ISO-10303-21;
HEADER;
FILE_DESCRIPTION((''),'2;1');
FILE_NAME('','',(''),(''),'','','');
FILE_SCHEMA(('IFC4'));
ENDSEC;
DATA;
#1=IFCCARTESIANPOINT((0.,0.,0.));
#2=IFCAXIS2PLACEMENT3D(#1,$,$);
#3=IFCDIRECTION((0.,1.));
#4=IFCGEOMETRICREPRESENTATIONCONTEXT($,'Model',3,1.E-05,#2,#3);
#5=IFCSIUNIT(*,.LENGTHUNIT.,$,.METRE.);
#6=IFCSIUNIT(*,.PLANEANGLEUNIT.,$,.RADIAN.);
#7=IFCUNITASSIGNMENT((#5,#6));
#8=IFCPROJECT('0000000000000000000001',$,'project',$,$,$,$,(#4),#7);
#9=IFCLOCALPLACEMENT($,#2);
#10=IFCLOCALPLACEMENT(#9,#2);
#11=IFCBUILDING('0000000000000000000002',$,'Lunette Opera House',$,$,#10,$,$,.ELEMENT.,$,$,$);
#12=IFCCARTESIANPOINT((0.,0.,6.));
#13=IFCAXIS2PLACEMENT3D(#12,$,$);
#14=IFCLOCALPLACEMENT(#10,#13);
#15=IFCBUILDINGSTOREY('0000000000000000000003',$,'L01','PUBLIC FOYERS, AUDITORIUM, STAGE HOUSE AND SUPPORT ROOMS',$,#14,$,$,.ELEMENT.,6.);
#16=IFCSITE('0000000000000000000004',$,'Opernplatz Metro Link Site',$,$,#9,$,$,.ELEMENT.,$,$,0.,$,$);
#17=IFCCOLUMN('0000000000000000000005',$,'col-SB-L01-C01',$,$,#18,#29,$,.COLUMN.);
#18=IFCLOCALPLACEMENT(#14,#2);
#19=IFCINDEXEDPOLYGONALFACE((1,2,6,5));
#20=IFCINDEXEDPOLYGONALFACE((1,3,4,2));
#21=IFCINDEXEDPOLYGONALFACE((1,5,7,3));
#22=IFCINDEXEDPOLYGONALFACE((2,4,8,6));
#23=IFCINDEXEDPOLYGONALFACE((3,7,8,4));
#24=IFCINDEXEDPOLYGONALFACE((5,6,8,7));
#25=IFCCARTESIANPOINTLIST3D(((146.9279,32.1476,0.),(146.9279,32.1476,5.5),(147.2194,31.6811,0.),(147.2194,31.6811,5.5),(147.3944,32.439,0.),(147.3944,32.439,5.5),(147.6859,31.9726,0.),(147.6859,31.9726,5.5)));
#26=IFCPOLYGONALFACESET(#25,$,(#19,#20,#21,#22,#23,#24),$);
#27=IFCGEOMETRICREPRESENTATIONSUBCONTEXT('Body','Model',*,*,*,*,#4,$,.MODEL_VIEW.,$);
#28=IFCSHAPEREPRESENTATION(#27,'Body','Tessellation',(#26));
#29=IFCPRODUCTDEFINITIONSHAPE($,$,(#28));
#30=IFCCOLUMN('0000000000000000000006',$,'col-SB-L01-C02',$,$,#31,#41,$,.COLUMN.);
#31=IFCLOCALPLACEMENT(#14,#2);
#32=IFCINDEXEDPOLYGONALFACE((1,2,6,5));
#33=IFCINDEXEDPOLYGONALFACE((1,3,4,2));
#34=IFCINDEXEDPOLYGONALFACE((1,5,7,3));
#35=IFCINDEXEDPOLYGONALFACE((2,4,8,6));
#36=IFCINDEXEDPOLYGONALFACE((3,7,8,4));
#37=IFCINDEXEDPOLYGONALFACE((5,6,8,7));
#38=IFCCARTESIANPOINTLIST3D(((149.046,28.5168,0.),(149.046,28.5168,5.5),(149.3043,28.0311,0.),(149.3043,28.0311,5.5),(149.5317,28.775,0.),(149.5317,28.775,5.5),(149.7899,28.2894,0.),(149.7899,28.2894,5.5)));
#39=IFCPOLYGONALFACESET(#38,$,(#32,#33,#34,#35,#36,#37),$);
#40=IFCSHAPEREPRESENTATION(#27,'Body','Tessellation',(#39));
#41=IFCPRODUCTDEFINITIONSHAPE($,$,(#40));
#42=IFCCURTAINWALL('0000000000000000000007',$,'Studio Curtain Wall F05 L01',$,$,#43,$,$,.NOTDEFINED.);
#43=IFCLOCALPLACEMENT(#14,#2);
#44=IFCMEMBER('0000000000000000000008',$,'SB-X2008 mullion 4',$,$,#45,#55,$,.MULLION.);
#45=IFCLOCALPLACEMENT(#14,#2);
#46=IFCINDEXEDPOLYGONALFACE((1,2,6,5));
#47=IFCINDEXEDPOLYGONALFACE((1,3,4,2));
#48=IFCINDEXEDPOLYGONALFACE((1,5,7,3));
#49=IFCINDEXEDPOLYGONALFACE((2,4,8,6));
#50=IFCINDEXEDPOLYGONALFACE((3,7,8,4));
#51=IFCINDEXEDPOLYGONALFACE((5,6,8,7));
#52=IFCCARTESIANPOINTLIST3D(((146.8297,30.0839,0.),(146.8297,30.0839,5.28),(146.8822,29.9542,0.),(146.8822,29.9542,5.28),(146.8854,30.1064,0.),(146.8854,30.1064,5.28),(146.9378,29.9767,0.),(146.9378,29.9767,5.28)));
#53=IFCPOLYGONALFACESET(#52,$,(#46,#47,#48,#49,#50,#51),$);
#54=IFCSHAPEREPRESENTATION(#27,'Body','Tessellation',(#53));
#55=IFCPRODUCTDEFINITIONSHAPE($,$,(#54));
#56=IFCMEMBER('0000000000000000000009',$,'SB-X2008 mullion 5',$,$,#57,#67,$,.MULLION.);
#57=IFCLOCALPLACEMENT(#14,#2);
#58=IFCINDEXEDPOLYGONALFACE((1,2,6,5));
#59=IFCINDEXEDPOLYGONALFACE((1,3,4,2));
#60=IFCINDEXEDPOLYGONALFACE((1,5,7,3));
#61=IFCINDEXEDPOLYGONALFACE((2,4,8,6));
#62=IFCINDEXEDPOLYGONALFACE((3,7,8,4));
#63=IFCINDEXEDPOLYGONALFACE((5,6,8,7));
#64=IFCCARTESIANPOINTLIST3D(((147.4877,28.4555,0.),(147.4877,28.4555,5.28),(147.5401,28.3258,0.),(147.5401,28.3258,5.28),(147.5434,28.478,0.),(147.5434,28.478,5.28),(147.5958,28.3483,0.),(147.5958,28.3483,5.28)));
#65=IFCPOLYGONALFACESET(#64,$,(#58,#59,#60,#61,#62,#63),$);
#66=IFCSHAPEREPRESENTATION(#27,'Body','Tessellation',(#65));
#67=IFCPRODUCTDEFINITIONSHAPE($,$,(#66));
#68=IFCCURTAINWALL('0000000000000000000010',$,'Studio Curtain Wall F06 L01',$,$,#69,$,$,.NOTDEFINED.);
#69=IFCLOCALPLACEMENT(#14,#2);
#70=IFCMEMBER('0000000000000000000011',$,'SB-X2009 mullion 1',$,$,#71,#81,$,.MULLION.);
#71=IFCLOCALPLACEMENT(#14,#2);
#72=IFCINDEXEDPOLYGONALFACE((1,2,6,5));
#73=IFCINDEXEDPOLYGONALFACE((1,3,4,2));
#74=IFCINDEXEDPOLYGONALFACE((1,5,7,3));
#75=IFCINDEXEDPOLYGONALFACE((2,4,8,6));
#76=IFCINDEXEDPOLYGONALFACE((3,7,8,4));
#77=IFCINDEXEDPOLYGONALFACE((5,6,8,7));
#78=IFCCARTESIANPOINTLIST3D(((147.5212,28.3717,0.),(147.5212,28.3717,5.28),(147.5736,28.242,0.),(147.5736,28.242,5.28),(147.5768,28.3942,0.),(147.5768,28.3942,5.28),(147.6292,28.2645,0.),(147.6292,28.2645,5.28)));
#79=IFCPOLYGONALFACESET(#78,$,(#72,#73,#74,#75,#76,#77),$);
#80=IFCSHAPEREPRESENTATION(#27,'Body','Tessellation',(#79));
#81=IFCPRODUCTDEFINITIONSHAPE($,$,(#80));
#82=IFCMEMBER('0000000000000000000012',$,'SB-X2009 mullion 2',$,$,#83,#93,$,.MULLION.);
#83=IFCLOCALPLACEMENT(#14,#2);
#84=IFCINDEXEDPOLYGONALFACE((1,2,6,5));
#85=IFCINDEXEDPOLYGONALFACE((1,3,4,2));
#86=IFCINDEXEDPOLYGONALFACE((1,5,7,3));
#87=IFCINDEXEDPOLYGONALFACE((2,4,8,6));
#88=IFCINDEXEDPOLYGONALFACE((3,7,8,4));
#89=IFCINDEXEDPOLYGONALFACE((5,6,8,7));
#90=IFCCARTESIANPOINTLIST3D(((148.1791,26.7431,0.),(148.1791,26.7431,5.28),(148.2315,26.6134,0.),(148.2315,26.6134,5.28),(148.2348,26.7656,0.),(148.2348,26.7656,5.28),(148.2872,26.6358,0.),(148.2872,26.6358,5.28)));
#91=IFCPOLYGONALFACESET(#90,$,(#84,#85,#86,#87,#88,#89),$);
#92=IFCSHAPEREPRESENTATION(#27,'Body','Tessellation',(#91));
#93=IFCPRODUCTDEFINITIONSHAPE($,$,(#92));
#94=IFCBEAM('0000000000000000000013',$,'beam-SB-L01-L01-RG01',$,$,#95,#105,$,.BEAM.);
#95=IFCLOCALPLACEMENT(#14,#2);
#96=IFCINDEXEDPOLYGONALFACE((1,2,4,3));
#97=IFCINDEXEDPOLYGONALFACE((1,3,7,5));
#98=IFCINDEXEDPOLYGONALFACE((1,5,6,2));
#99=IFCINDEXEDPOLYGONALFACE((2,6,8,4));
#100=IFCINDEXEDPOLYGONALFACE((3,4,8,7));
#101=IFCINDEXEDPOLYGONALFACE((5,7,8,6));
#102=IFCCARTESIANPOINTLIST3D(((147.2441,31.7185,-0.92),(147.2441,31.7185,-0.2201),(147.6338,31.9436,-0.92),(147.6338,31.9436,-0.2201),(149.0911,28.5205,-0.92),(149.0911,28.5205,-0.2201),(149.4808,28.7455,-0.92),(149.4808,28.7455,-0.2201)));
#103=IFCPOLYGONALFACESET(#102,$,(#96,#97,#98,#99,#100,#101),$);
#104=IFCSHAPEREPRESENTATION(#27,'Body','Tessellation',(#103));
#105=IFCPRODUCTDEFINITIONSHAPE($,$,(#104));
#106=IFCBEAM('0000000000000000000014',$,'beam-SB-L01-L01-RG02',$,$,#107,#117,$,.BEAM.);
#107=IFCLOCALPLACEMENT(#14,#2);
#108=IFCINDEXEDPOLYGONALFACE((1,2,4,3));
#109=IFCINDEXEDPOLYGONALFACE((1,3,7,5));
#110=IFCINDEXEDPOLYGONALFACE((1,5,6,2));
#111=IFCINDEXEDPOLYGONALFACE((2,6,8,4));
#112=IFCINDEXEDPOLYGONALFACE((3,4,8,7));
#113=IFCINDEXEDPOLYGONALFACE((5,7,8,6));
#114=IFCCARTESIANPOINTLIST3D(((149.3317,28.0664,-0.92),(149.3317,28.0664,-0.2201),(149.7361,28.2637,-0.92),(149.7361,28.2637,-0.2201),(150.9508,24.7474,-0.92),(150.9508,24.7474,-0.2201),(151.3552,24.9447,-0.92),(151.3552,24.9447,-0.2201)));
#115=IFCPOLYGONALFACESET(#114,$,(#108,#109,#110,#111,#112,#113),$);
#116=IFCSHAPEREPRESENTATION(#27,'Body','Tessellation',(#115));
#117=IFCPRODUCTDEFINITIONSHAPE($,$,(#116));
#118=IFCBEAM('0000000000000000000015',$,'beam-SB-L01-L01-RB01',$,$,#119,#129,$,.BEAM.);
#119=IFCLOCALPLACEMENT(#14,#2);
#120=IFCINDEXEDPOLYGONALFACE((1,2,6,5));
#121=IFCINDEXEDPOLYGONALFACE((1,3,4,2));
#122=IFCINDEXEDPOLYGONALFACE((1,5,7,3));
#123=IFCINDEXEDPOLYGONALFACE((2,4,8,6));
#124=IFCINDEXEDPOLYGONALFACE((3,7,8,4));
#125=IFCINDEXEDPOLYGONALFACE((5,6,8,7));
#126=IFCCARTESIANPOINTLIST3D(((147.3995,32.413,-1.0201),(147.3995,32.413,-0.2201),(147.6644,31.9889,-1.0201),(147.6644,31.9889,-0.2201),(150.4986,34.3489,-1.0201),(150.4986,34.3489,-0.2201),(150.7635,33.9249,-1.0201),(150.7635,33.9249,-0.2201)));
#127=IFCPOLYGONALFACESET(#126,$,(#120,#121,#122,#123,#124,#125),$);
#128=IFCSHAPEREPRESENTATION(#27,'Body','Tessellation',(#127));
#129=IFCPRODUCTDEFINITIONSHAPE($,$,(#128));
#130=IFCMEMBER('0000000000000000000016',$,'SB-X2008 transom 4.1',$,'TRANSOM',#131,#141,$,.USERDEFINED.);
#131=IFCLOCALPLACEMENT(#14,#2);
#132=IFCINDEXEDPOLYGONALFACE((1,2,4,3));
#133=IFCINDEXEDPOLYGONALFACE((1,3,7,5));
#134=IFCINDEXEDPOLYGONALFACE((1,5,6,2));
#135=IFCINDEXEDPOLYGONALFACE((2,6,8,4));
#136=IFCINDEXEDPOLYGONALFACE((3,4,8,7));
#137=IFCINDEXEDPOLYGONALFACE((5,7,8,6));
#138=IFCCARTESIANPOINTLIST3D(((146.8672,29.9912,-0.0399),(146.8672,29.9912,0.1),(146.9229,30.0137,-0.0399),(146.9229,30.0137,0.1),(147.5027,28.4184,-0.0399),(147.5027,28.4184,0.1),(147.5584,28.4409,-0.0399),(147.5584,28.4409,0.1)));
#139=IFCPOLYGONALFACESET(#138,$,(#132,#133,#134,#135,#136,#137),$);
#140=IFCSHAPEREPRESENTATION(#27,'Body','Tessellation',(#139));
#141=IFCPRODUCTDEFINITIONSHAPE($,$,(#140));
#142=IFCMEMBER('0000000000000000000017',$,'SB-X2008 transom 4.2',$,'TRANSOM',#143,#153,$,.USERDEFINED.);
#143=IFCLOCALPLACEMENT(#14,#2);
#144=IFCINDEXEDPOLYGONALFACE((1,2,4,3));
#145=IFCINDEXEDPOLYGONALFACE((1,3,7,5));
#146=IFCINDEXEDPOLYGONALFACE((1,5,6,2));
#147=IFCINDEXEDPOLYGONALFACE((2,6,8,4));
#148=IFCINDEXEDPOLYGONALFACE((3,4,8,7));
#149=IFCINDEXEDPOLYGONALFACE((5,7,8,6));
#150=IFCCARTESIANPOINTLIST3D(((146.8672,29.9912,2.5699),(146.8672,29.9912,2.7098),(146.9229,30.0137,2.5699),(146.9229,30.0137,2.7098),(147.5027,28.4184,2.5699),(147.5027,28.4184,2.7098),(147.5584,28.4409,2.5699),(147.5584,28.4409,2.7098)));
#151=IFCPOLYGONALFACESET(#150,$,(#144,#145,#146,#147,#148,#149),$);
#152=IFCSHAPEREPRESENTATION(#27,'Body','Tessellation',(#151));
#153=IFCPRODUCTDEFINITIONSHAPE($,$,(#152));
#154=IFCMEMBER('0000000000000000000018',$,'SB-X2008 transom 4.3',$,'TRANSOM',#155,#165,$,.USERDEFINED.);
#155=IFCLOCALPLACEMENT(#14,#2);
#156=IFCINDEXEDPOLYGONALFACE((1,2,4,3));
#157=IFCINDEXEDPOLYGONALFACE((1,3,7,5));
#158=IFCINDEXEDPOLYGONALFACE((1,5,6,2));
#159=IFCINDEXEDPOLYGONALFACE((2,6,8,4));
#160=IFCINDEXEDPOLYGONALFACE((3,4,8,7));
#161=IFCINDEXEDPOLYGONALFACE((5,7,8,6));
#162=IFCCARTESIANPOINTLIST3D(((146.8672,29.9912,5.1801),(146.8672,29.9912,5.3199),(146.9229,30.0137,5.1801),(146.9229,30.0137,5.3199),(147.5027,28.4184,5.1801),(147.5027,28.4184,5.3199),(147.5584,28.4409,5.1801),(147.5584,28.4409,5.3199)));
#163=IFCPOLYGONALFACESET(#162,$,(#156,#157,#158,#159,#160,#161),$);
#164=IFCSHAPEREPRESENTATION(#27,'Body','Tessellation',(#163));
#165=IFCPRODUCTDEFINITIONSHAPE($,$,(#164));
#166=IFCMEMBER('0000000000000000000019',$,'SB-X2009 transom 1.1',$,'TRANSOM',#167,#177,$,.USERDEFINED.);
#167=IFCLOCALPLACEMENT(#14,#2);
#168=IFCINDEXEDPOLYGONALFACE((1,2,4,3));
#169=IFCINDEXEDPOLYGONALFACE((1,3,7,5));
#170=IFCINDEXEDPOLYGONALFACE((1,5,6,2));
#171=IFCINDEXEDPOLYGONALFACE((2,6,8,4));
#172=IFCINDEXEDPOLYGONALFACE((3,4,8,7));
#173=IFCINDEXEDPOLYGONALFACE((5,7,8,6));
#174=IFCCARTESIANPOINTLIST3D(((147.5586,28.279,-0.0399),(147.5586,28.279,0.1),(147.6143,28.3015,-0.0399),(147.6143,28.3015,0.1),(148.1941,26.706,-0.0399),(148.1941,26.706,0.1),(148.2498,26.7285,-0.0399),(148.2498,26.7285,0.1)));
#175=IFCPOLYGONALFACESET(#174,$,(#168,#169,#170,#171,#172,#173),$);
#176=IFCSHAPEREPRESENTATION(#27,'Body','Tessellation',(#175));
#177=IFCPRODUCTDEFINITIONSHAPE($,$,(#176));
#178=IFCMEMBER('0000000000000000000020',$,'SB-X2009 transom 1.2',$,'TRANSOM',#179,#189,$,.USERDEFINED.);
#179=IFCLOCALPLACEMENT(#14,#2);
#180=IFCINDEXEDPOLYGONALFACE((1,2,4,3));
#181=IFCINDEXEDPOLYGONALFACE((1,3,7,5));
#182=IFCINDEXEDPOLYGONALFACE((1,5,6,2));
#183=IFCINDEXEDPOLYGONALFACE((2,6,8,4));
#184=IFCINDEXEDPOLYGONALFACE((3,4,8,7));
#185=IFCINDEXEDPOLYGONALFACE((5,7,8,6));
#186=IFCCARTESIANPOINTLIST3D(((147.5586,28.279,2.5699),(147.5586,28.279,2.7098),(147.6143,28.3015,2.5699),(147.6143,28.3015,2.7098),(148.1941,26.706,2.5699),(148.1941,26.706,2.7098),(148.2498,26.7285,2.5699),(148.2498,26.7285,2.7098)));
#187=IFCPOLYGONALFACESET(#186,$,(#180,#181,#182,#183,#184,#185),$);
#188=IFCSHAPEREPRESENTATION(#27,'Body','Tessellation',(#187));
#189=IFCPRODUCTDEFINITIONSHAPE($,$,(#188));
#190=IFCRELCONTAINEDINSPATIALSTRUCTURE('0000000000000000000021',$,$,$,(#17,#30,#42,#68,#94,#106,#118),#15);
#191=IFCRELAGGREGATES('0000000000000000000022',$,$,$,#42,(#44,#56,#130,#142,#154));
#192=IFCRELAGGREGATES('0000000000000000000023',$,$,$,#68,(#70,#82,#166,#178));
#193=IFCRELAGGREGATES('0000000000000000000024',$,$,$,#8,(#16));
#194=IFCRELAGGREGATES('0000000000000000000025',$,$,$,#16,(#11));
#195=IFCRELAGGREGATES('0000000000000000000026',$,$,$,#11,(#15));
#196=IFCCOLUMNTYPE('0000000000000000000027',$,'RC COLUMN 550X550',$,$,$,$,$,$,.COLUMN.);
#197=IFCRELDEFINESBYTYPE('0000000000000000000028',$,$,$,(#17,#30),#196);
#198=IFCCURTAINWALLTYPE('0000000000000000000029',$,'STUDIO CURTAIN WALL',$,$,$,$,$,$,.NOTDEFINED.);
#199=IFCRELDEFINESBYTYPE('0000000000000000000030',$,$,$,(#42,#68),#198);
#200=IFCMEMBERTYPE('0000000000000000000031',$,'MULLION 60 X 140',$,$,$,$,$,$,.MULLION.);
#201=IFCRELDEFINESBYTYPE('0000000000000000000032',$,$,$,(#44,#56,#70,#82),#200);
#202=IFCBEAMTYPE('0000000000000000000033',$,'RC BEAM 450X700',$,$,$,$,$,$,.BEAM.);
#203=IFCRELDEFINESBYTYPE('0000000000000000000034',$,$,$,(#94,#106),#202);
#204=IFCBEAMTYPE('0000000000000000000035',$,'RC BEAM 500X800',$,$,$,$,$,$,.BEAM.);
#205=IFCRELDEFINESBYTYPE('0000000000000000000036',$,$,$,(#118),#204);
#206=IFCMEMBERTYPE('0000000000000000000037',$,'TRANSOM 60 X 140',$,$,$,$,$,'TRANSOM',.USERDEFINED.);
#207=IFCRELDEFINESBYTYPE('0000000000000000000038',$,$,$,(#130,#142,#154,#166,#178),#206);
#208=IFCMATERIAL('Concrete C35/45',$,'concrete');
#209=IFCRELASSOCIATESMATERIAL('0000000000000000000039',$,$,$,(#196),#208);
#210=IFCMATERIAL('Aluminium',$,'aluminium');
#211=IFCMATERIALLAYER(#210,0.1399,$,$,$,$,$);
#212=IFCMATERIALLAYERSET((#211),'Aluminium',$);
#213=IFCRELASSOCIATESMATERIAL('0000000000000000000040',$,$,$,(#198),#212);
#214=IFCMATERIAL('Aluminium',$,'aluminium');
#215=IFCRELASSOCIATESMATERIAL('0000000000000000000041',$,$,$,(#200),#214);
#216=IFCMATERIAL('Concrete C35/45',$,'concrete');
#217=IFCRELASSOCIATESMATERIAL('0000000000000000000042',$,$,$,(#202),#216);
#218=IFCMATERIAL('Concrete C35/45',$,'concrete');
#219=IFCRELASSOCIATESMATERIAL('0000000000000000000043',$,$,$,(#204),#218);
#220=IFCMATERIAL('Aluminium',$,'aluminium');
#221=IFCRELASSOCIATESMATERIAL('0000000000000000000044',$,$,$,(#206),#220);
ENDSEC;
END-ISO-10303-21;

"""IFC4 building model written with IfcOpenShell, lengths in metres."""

from ifc_helpers import new_model, si_unit, direction, frame, origin, origin_2d, place, context, subcontext, project, spatial, rectangle, extrude, material, layer, layer_set, material_profile, profile_set, type_object, element, aggregate, save


model = new_model("IFC4")

# Units and contexts
model_context = context("Model", 3, precision=1e-05, world=origin(), true_north=direction((0.0, 1.0)))
body_context = subcontext(model_context, "Body", "Model", "MODEL_VIEW")
ifc_project = project(units=[si_unit("LENGTHUNIT", "METRE"), si_unit("PLANEANGLEUNIT", "RADIAN")], contexts=[model_context])

# Site, building, storey
site_placement = place(None, origin())
site = spatial("IfcSite", under=ifc_project, at=site_placement, Name="Opernplatz Metro Link Site", CompositionType="ELEMENT", RefElevation=0.0)
building_placement = place(site_placement, origin())
building = spatial("IfcBuilding", under=site, at=building_placement, Name="Lunette Opera House", CompositionType="ELEMENT")
storey_placement = place(building_placement, frame((0.0, 0.0, 6.0)))
storey = spatial("IfcBuildingStorey", under=building, at=storey_placement, Name="L01", Description="PUBLIC FOYERS, AUDITORIUM, STAGE HOUSE AND SUPPORT ROOMS", CompositionType="ELEMENT", Elevation=6.0)

# Columns
ifc_material_1 = material(Name="Concrete C35/45", Category="concrete")
ifc_material_profile_1 = material_profile(ifc_material_1, rectangle(XDim=0.55, YDim=0.55, at=origin_2d()), Name="RC COLUMN 550X550")
ifc_profile_set_1 = profile_set([ifc_material_profile_1], Name="Concrete C35/45")
column_type = type_object("IfcColumnType", Name="RC COLUMN 550X550", PredefinedType="COLUMN", material=ifc_profile_set_1)
for number, where, z_axis, x_axis, name in (
    (1, (147.3069, 32.0601, 0.0), (0.0, 0.0, 1.0), (0.529919, -0.848048, 0.0), "col-SB-L01-C01"),
    (2, (149.418, 28.4031, 0.0), (0.0, 0.0, 1.0), (0.469472, -0.882948, 0.0), "col-SB-L01-C02"),
):
    element("IfcColumn", number, at=place(storey_placement, frame(where, z_axis=z_axis, x_axis=x_axis)), inside=storey, type_object=column_type, Name=name, PredefinedType="COLUMN", context=body_context, shape_type="SweptSolid", body=[
        extrude(rectangle(XDim=0.55, YDim=0.55, at=origin_2d()), origin(), (0.0, 0.0, 1.0), 5.5),
    ])

# Curtain walls, members
ifc_material_2 = material(Name="Aluminium", Category="aluminium")
ifc_layer_1 = layer(ifc_material_2, 0.1399)
ifc_layer_set_1 = layer_set([ifc_layer_1], Name="Aluminium")
curtain_wall_type = type_object("IfcCurtainWallType", Name="STUDIO CURTAIN WALL", PredefinedType="NOTDEFINED", material=ifc_layer_set_1)
curtain_wall_1_placement = place(storey_placement, origin())
curtain_wall_1 = element("IfcCurtainWall", 3, at=curtain_wall_1_placement, inside=storey, type_object=curtain_wall_type, Name="Studio Curtain Wall F05 L01", PredefinedType="NOTDEFINED")
ifc_material_3 = material(Name="Aluminium", Category="aluminium")
ifc_material_profile_2 = material_profile(ifc_material_3, rectangle(XDim=0.0601, YDim=0.1399, at=origin_2d()), Name="MULLION 60 X 140")
ifc_profile_set_2 = profile_set([ifc_material_profile_2], Name="Aluminium")
member_type_1 = type_object("IfcMemberType", Name="MULLION 60 X 140", PredefinedType="MULLION", material=ifc_profile_set_2)
member_1_placement = place(storey_placement, frame((146.8838, 30.0303, 0.0), z_axis=(0.0, 0.0, 1.0), x_axis=(0.927168, 0.374646, 0.0)))
member_1 = element("IfcMember", 4, at=member_1_placement, type_object=member_type_1, Name="SB-X2008 mullion 4", PredefinedType="MULLION", context=body_context, shape_type="SweptSolid", body=[
    extrude(rectangle(XDim=0.0601, YDim=0.1399, at=origin_2d()), origin(), (0.0, 0.0, 1.0), 5.28),
])
member_2_placement = place(storey_placement, frame((147.5417, 28.4019, 0.0), z_axis=(0.0, 0.0, 1.0), x_axis=(0.927168, 0.374646, 0.0)))
member_2 = element("IfcMember", 5, at=member_2_placement, type_object=member_type_1, Name="SB-X2008 mullion 5", PredefinedType="MULLION", context=body_context, shape_type="SweptSolid", body=[
    extrude(rectangle(XDim=0.0601, YDim=0.1399, at=origin_2d()), origin(), (0.0, 0.0, 1.0), 5.28),
])
curtain_wall_2_placement = place(storey_placement, origin())
curtain_wall_2 = element("IfcCurtainWall", 6, at=curtain_wall_2_placement, inside=storey, type_object=curtain_wall_type, Name="Studio Curtain Wall F06 L01", PredefinedType="NOTDEFINED")
member_3_placement = place(storey_placement, frame((147.5752, 28.3181, 0.0), z_axis=(0.0, 0.0, 1.0), x_axis=(0.927188, 0.374597, 0.0)))
member_3 = element("IfcMember", 7, at=member_3_placement, type_object=member_type_1, Name="SB-X2009 mullion 1", PredefinedType="MULLION", context=body_context, shape_type="SweptSolid", body=[
    extrude(rectangle(XDim=0.0601, YDim=0.1399, at=origin_2d()), origin(), (0.0, 0.0, 1.0), 5.28),
])
member_4_placement = place(storey_placement, frame((148.2332, 26.6895, 0.0), z_axis=(0.0, 0.0, 1.0), x_axis=(0.927188, 0.374597, 0.0)))
member_4 = element("IfcMember", 8, at=member_4_placement, type_object=member_type_1, Name="SB-X2009 mullion 2", PredefinedType="MULLION", context=body_context, shape_type="SweptSolid", body=[
    extrude(rectangle(XDim=0.0601, YDim=0.1399, at=origin_2d()), origin(), (0.0, 0.0, 1.0), 5.28),
])

# Beams
ifc_material_4 = material(Name="Concrete C35/45", Category="concrete")
ifc_material_profile_3 = material_profile(ifc_material_4, rectangle(XDim=0.45, YDim=0.7, at=origin_2d()), Name="RC BEAM 450X700")
ifc_profile_set_3 = profile_set([ifc_material_profile_3], Name="Concrete C35/45")
beam_type_1 = type_object("IfcBeamType", Name="RC BEAM 450X700", PredefinedType="BEAM", material=ifc_profile_set_3)
beam_1_placement = place(storey_placement, frame((147.439, 31.8311, -0.5701), z_axis=(0.500113, -0.86596, 0.0), x_axis=(0.86596, 0.500113, 0.0)))
element("IfcBeam", 9, at=beam_1_placement, inside=storey, type_object=beam_type_1, Name="beam-SB-L01-L01-RG01", PredefinedType="BEAM", context=body_context, shape_type="SweptSolid", body=[
    extrude(rectangle(XDim=0.45, YDim=0.7, at=origin_2d()), origin(), (0.0, 0.0, 1.0), 3.6931),
])
beam_2_placement = place(storey_placement, frame((149.5339, 28.165, -0.5701), z_axis=(0.438439, -0.898761, 0.0), x_axis=(0.898761, 0.438439, 0.0)))
element("IfcBeam", 10, at=beam_2_placement, inside=storey, type_object=beam_type_1, Name="beam-SB-L01-L01-RG02", PredefinedType="BEAM", context=body_context, shape_type="SweptSolid", body=[
    extrude(rectangle(XDim=0.45, YDim=0.7, at=origin_2d()), origin(), (0.0, 0.0, 1.0), 3.6929),
])
ifc_material_5 = material(Name="Concrete C35/45", Category="concrete")
ifc_material_profile_4 = material_profile(ifc_material_5, rectangle(XDim=0.5, YDim=0.8, at=origin_2d()), Name="RC BEAM 500X800")
ifc_profile_set_4 = profile_set([ifc_material_profile_4], Name="Concrete C35/45")
beam_type_2 = type_object("IfcBeamType", Name="RC BEAM 500X800", PredefinedType="BEAM", material=ifc_profile_set_4)
beam_3_placement = place(storey_placement, frame((147.532, 32.2009, -0.6201), z_axis=(0.848111, 0.529819, 0.0), x_axis=(-0.529819, 0.848111, 0.0)))
element("IfcBeam", 11, at=beam_3_placement, inside=storey, type_object=beam_type_2, Name="beam-SB-L01-L01-RB01", PredefinedType="BEAM", context=body_context, shape_type="SweptSolid", body=[
    extrude(rectangle(XDim=0.5, YDim=0.8, at=origin_2d()), origin(), (0.0, 0.0, 1.0), 3.6541),
])

# Members
ifc_material_6 = material(Name="Aluminium", Category="aluminium")
ifc_material_profile_5 = material_profile(ifc_material_6, rectangle(XDim=0.0601, YDim=0.1399, at=origin_2d()), Name="TRANSOM 60 X 140")
ifc_profile_set_5 = profile_set([ifc_material_profile_5], Name="Aluminium")
member_type_2 = type_object("IfcMemberType", Name="TRANSOM 60 X 140", ElementType="TRANSOM", PredefinedType="USERDEFINED", material=ifc_profile_set_5)
member_5_placement = place(storey_placement, frame((146.895, 30.0024, 0.03), z_axis=(0.374639, -0.927171, 0.0), x_axis=(0.927171, 0.374639, 0.0)))
member_5 = element("IfcMember", 12, at=member_5_placement, type_object=member_type_2, Name="SB-X2008 transom 4.1", ObjectType="TRANSOM", PredefinedType="USERDEFINED", context=body_context, shape_type="SweptSolid", body=[
    extrude(rectangle(XDim=0.0601, YDim=0.1399, at=origin_2d()), origin(), (0.0, 0.0, 1.0), 1.6963),
])
member_6_placement = place(storey_placement, frame((146.895, 30.0024, 2.6399), z_axis=(0.374639, -0.927171, 0.0), x_axis=(0.927171, 0.374639, 0.0)))
member_6 = element("IfcMember", 13, at=member_6_placement, type_object=member_type_2, Name="SB-X2008 transom 4.2", ObjectType="TRANSOM", PredefinedType="USERDEFINED", context=body_context, shape_type="SweptSolid", body=[
    extrude(rectangle(XDim=0.0601, YDim=0.1399, at=origin_2d()), origin(), (0.0, 0.0, 1.0), 1.6963),
])
member_7_placement = place(storey_placement, frame((146.895, 30.0024, 5.25), z_axis=(0.374639, -0.927171, 0.0), x_axis=(0.927171, 0.374639, 0.0)))
member_7 = element("IfcMember", 14, at=member_7_placement, type_object=member_type_2, Name="SB-X2008 transom 4.3", ObjectType="TRANSOM", PredefinedType="USERDEFINED", context=body_context, shape_type="SweptSolid", body=[
    extrude(rectangle(XDim=0.0601, YDim=0.1399, at=origin_2d()), origin(), (0.0, 0.0, 1.0), 1.6963),
])
member_8_placement = place(storey_placement, frame((147.5864, 28.2903, 0.03), z_axis=(0.374589, -0.927191, 0.0), x_axis=(0.927191, 0.374589, 0.0)))
member_8 = element("IfcMember", 15, at=member_8_placement, type_object=member_type_2, Name="SB-X2009 transom 1.1", ObjectType="TRANSOM", PredefinedType="USERDEFINED", context=body_context, shape_type="SweptSolid", body=[
    extrude(rectangle(XDim=0.0601, YDim=0.1399, at=origin_2d()), origin(), (0.0, 0.0, 1.0), 1.6965),
])
member_9_placement = place(storey_placement, frame((147.5864, 28.2903, 2.6399), z_axis=(0.374589, -0.927191, 0.0), x_axis=(0.927191, 0.374589, 0.0)))
member_9 = element("IfcMember", 16, at=member_9_placement, type_object=member_type_2, Name="SB-X2009 transom 1.2", ObjectType="TRANSOM", PredefinedType="USERDEFINED", context=body_context, shape_type="SweptSolid", body=[
    extrude(rectangle(XDim=0.0601, YDim=0.1399, at=origin_2d()), origin(), (0.0, 0.0, 1.0), 1.6965),
])

aggregate(curtain_wall_1, [member_1, member_2, member_5, member_6, member_7])
aggregate(curtain_wall_2, [member_3, member_4, member_8, member_9])

save(model, "model.ifc")
